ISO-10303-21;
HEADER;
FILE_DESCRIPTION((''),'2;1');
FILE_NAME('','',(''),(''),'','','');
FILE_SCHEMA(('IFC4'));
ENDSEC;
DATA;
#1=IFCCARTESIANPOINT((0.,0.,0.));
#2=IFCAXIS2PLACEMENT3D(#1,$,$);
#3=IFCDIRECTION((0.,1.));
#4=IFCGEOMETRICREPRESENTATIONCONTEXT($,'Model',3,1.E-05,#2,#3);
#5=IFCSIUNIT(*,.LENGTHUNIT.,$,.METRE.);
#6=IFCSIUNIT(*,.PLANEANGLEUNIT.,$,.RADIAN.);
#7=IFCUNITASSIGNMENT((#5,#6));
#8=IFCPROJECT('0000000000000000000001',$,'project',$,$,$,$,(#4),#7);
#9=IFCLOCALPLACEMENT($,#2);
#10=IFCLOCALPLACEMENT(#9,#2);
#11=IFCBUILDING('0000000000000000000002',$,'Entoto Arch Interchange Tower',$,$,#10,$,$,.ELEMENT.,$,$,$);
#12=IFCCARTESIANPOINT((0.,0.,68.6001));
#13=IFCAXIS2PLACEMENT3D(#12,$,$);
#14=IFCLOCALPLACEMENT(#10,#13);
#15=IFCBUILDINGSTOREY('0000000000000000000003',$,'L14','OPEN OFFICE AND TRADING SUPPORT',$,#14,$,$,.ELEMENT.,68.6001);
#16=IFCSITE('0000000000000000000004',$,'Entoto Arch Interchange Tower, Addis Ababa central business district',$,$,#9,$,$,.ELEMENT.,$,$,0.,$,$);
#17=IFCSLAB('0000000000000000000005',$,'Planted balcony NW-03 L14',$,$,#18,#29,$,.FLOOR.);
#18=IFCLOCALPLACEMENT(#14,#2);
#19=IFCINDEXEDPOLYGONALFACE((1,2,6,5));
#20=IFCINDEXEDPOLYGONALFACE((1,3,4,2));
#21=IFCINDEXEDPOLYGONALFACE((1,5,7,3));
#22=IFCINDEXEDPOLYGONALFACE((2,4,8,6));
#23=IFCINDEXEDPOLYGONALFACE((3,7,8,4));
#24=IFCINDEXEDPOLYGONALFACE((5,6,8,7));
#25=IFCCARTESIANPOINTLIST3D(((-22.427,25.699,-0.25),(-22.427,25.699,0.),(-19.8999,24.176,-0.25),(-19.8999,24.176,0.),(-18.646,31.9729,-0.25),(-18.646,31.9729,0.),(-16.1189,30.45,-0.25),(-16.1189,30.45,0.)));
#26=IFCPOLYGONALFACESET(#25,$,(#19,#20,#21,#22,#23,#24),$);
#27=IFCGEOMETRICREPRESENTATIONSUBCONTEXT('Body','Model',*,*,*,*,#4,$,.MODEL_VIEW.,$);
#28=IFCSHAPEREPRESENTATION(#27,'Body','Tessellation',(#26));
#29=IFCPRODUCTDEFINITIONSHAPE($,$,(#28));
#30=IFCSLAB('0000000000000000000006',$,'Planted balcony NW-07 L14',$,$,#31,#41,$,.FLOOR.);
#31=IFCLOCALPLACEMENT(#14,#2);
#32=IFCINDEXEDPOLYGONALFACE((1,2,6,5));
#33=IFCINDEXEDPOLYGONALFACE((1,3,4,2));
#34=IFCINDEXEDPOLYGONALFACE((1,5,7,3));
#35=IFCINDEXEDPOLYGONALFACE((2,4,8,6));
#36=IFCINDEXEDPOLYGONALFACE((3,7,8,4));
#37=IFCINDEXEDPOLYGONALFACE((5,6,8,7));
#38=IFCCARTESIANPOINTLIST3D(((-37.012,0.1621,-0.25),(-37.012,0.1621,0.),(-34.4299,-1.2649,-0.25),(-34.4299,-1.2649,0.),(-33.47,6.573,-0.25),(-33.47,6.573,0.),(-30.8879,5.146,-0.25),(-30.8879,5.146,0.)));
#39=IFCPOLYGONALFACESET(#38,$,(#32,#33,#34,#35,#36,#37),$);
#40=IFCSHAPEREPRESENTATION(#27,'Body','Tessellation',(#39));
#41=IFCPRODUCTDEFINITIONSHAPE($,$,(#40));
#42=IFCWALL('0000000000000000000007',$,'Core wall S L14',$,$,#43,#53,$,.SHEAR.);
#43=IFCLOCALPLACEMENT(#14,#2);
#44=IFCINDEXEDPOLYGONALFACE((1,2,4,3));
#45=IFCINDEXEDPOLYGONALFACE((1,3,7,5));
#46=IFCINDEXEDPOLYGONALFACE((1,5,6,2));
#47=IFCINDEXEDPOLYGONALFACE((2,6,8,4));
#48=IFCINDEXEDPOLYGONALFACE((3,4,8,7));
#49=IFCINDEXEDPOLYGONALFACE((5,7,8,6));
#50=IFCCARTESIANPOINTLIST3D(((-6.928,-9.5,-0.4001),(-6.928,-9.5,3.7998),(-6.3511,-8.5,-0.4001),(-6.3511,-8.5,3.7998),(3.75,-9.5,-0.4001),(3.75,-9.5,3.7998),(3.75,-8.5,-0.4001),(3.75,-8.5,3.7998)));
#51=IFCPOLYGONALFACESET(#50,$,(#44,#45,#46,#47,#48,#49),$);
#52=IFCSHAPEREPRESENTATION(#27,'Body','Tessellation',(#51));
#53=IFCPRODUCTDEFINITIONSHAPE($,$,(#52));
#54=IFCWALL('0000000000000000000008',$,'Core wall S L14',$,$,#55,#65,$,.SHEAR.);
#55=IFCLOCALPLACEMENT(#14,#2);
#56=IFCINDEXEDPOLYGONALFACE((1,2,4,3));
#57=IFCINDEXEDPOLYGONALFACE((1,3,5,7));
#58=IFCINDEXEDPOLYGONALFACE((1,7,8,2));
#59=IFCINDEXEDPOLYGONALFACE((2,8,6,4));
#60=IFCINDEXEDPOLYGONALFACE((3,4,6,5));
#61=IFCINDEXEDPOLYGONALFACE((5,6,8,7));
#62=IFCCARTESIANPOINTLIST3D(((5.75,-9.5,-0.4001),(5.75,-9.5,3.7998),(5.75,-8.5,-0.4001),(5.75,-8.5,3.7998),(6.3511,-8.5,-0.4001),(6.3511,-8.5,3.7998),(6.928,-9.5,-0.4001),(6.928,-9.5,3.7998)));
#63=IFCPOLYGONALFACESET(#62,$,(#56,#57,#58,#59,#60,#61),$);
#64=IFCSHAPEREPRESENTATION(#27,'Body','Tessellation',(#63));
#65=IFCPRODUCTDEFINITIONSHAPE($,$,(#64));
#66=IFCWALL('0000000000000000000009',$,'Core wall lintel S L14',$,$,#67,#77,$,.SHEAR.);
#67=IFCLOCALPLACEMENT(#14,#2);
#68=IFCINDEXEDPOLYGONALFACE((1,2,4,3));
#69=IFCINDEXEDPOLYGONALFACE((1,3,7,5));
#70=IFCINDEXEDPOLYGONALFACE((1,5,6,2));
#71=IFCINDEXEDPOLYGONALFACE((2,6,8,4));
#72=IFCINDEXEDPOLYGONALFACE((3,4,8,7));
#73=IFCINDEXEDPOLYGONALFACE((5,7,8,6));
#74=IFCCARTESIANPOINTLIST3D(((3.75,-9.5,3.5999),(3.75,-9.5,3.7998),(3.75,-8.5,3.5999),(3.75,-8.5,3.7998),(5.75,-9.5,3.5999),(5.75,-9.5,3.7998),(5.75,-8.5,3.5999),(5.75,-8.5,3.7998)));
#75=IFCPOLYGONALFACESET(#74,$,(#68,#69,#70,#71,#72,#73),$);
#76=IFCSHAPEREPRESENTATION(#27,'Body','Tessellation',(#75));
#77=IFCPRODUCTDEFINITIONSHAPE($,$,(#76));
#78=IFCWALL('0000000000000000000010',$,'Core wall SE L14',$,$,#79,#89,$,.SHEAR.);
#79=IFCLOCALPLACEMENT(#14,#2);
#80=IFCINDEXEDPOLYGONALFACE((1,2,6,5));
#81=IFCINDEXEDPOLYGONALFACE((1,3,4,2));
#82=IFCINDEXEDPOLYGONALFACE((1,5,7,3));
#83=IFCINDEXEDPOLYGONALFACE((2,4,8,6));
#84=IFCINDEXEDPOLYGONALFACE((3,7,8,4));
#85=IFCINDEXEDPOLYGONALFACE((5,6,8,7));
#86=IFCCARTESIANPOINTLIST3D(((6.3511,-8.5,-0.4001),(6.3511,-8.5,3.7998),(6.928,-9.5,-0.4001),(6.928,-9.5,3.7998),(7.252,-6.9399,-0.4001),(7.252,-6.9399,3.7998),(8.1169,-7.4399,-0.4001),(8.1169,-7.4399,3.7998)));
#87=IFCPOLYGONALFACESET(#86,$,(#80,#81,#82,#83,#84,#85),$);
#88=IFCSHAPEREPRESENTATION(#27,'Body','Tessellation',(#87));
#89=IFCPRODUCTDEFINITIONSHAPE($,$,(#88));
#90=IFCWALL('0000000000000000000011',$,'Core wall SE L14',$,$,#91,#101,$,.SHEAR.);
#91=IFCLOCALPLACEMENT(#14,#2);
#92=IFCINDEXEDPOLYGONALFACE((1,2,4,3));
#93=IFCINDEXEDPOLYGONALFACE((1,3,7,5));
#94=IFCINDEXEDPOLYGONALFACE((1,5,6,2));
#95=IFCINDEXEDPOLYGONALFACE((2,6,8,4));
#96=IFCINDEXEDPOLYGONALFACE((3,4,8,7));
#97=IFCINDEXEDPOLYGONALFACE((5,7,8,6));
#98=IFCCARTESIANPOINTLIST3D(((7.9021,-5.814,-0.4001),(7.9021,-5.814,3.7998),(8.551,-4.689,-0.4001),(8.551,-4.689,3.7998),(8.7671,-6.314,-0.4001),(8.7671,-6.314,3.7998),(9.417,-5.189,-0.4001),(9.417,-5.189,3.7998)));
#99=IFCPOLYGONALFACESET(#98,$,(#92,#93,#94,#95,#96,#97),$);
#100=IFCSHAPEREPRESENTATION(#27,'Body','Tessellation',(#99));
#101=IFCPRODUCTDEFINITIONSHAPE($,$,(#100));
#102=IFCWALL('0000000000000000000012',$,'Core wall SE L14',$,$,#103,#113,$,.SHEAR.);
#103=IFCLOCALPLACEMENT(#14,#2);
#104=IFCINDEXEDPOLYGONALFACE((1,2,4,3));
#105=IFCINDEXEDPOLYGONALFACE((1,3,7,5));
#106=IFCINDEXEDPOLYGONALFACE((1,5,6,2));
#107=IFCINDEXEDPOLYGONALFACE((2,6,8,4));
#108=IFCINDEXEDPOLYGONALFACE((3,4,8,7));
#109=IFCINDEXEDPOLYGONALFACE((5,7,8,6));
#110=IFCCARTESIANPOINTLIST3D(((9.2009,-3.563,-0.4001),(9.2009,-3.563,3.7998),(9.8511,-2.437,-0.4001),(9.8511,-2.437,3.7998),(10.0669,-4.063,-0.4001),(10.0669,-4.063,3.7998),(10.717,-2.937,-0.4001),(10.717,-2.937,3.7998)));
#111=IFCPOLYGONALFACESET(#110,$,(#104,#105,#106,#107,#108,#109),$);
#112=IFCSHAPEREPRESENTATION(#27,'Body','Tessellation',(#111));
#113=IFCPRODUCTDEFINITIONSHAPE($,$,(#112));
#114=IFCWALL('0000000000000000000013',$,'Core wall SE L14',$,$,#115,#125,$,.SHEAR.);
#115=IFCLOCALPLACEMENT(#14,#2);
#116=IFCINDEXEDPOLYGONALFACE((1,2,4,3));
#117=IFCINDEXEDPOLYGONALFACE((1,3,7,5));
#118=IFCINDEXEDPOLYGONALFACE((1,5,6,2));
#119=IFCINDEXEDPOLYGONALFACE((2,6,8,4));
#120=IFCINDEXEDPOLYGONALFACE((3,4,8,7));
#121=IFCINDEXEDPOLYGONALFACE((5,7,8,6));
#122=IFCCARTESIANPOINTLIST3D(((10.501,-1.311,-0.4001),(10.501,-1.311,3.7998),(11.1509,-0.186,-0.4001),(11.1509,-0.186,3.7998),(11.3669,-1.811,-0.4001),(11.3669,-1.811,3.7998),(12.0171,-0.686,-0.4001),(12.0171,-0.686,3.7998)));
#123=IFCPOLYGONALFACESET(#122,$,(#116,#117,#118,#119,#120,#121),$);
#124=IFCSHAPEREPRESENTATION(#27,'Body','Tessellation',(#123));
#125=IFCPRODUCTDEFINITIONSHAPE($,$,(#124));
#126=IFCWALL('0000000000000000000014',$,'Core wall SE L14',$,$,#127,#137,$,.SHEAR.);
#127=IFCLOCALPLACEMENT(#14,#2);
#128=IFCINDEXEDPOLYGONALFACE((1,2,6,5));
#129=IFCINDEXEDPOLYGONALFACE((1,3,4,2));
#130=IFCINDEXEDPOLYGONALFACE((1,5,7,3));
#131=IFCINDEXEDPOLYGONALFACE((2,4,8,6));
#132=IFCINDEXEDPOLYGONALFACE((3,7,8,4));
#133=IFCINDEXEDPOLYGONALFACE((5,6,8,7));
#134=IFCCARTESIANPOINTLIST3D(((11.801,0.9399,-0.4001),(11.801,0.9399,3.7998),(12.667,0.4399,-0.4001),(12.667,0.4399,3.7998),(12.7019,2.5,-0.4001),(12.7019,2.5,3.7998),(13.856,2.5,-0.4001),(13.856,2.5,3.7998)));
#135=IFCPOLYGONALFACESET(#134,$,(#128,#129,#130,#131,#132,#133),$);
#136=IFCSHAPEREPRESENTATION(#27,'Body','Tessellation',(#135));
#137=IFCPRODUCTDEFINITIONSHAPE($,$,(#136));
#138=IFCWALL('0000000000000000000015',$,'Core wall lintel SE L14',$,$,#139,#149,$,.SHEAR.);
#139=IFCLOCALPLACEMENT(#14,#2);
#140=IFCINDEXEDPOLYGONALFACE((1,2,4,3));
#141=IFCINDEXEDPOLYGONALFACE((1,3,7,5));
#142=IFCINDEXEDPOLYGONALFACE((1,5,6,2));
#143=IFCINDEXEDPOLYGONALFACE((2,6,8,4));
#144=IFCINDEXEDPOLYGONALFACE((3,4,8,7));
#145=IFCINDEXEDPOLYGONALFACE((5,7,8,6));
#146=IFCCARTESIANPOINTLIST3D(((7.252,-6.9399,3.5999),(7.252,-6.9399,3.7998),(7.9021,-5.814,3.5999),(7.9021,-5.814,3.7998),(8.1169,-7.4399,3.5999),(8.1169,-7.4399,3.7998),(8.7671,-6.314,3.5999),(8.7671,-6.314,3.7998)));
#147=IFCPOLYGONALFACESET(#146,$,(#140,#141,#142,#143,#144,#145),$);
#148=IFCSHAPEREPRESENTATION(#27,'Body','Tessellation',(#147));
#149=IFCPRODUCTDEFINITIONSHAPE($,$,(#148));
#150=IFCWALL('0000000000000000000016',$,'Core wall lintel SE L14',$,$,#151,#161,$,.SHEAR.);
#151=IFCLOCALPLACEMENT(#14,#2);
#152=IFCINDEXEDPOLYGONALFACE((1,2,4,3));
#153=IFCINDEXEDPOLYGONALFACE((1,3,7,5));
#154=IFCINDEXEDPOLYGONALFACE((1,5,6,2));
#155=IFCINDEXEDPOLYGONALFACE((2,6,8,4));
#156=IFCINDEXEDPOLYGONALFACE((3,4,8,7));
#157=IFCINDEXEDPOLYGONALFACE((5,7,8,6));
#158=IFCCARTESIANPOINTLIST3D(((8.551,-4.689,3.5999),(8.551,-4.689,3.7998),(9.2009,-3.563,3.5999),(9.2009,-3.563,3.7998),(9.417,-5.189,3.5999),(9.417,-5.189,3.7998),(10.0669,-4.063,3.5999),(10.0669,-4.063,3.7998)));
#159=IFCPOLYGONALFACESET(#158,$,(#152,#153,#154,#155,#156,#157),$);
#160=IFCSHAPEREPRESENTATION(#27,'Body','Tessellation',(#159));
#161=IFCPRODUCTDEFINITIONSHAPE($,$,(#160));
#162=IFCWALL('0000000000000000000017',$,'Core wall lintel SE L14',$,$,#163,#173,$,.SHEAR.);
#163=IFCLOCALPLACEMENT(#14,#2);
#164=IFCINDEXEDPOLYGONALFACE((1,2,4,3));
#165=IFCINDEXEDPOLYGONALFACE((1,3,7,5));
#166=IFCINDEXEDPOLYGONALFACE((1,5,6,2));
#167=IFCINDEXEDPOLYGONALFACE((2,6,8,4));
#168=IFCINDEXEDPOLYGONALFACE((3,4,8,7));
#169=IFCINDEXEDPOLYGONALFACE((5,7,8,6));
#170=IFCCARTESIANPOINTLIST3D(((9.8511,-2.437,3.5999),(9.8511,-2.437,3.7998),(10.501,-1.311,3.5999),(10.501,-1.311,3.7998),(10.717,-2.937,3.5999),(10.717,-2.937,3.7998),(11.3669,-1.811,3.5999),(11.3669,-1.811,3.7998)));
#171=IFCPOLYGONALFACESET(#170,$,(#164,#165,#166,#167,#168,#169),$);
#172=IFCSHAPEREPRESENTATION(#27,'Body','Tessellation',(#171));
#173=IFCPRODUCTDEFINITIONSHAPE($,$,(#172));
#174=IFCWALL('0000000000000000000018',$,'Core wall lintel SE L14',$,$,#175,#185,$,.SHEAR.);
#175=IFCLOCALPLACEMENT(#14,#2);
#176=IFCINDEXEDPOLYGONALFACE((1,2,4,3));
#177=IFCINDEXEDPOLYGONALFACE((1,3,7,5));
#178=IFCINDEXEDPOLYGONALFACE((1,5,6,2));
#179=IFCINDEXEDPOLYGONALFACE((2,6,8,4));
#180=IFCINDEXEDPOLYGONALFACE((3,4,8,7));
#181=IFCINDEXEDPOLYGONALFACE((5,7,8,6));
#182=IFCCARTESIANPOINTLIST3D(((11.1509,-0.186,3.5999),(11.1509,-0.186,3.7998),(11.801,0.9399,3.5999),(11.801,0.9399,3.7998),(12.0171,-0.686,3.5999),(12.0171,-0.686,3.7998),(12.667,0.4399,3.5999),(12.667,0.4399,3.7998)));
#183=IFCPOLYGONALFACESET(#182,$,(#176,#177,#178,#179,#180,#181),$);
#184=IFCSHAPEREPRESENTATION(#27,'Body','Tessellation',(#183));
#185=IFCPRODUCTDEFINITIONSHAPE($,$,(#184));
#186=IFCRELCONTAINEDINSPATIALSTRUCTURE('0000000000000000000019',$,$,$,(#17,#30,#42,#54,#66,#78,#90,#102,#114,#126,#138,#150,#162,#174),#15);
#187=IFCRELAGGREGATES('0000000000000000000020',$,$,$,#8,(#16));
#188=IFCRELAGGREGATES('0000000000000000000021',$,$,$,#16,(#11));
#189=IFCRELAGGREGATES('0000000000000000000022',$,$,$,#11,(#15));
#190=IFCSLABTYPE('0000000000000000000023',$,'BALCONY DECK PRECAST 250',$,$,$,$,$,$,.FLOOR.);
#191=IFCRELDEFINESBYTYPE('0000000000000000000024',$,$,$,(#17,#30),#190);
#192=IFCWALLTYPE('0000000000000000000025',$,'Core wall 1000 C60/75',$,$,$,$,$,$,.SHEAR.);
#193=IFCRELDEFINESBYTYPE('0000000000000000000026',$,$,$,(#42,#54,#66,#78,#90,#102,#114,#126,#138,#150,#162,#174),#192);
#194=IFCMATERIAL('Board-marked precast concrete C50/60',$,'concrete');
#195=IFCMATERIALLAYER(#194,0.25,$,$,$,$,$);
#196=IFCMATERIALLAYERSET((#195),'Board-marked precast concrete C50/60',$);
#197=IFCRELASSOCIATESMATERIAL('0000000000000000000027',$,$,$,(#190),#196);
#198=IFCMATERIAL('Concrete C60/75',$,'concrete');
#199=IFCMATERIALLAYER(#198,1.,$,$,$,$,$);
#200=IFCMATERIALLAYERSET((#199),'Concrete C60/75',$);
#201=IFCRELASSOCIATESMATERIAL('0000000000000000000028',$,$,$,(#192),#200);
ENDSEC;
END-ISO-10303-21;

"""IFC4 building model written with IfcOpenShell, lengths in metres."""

from ifc_helpers import new_model, si_unit, direction, frame, origin, place, context, subcontext, project, spatial, polyline, outline, extrude, material, layer, layer_set, type_object, element, save


model = new_model("IFC4")

# Units and contexts
model_context = context("Model", 3, precision=1e-05, world=origin(), true_north=direction((0.0, 1.0)))
body_context = subcontext(model_context, "Body", "Model", "MODEL_VIEW")
ifc_project = project(units=[si_unit("LENGTHUNIT", "METRE"), si_unit("PLANEANGLEUNIT", "RADIAN")], contexts=[model_context])

# Site, building, storey
site_placement = place(None, origin())
site = spatial("IfcSite", under=ifc_project, at=site_placement, Name="Entoto Arch Interchange Tower, Addis Ababa central business district", CompositionType="ELEMENT", RefElevation=0.0)
building_placement = place(site_placement, origin())
building = spatial("IfcBuilding", under=site, at=building_placement, Name="Entoto Arch Interchange Tower", CompositionType="ELEMENT")
storey_placement = place(building_placement, frame((0.0, 0.0, 68.6001)))
storey = spatial("IfcBuildingStorey", under=building, at=storey_placement, Name="L14", Description="OPEN OFFICE AND TRADING SUPPORT", CompositionType="ELEMENT", Elevation=68.6001)

# Slabs
ifc_material_1 = material(Name="Board-marked precast concrete C50/60", Category="concrete")
ifc_layer_1 = layer(ifc_material_1, 0.25)
ifc_layer_set_1 = layer_set([ifc_layer_1], Name="Board-marked precast concrete C50/60")
slab_type = type_object("IfcSlabType", Name="BALCONY DECK PRECAST 250", PredefinedType="FLOOR", material=ifc_layer_set_1)
slab_1_placement = place(storey_placement, frame((0.0, 0.0, -0.25)))
element("IfcSlab", 1, at=slab_1_placement, inside=storey, type_object=slab_type, Name="Planted balcony NW-03 L14", PredefinedType="FLOOR", context=body_context, shape_type="SweptSolid", body=[
    extrude(outline(polyline([(-16.1189, 30.45), (-19.8999, 24.176), (-22.427, 25.699), (-18.646, 31.9729), (-16.1189, 30.45)])), origin(), (0.0, 0.0, 1.0), 0.25),
])
slab_2_placement = place(storey_placement, frame((0.0, 0.0, -0.25)))
element("IfcSlab", 2, at=slab_2_placement, inside=storey, type_object=slab_type, Name="Planted balcony NW-07 L14", PredefinedType="FLOOR", context=body_context, shape_type="SweptSolid", body=[
    extrude(outline(polyline([(-30.8879, 5.146), (-34.4299, -1.2649), (-37.012, 0.1621), (-33.47, 6.573), (-30.8879, 5.146)])), origin(), (0.0, 0.0, 1.0), 0.25),
])

# Walls
ifc_material_2 = material(Name="Concrete C60/75", Category="concrete")
ifc_layer_2 = layer(ifc_material_2, 1.0)
ifc_layer_set_2 = layer_set([ifc_layer_2], Name="Concrete C60/75")
wall_type_1 = type_object("IfcWallType", Name="Core wall 1000 C60/75", PredefinedType="SHEAR", material=ifc_layer_set_2)
wall_1_placement = place(storey_placement, frame((0.0, 0.0, -0.4001)))
element("IfcWall", 3, at=wall_1_placement, inside=storey, type_object=wall_type_1, Name="Core wall S L14", PredefinedType="SHEAR", context=body_context, shape_type="SweptSolid", body=[
    extrude(outline(polyline([(3.75, -9.5), (3.75, -8.5), (-6.3511, -8.5), (-6.928, -9.5), (3.75, -9.5)])), origin(), (0.0, 0.0, 1.0), 4.2),
])
wall_2_placement = place(storey_placement, frame((0.0, 0.0, -0.4001)))
element("IfcWall", 4, at=wall_2_placement, inside=storey, type_object=wall_type_1, Name="Core wall S L14", PredefinedType="SHEAR", context=body_context, shape_type="SweptSolid", body=[
    extrude(outline(polyline([(5.75, -8.5), (5.75, -9.5), (6.928, -9.5), (6.3511, -8.5), (5.75, -8.5)])), origin(), (0.0, 0.0, 1.0), 4.2),
])
wall_3_placement = place(storey_placement, frame((0.0, 0.0, 3.5999)))
element("IfcWall", 5, at=wall_3_placement, inside=storey, type_object=wall_type_1, Name="Core wall lintel S L14", PredefinedType="SHEAR", context=body_context, shape_type="SweptSolid", body=[
    extrude(outline(polyline([(5.75, -9.5), (5.75, -8.5), (3.75, -8.5), (3.75, -9.5), (5.75, -9.5)])), origin(), (0.0, 0.0, 1.0), 0.2),
])
wall_4_placement = place(storey_placement, frame((0.0, 0.0, -0.4001)))
element("IfcWall", 6, at=wall_4_placement, inside=storey, type_object=wall_type_1, Name="Core wall SE L14", PredefinedType="SHEAR", context=body_context, shape_type="SweptSolid", body=[
    extrude(outline(polyline([(8.1169, -7.4399), (7.252, -6.9399), (6.3511, -8.5), (6.928, -9.5), (8.1169, -7.4399)])), origin(), (0.0, 0.0, 1.0), 4.2),
])
wall_5_placement = place(storey_placement, frame((0.0, 0.0, -0.4001)))
element("IfcWall", 7, at=wall_5_placement, inside=storey, type_object=wall_type_1, Name="Core wall SE L14", PredefinedType="SHEAR", context=body_context, shape_type="SweptSolid", body=[
    extrude(outline(polyline([(9.417, -5.189), (8.551, -4.689), (7.9021, -5.814), (8.7671, -6.314), (9.417, -5.189)])), origin(), (0.0, 0.0, 1.0), 4.2),
])
wall_6_placement = place(storey_placement, frame((0.0, 0.0, -0.4001)))
element("IfcWall", 8, at=wall_6_placement, inside=storey, type_object=wall_type_1, Name="Core wall SE L14", PredefinedType="SHEAR", context=body_context, shape_type="SweptSolid", body=[
    extrude(outline(polyline([(10.717, -2.937), (9.8511, -2.437), (9.2009, -3.563), (10.0669, -4.063), (10.717, -2.937)])), origin(), (0.0, 0.0, 1.0), 4.2),
])
wall_7_placement = place(storey_placement, frame((0.0, 0.0, -0.4001)))
element("IfcWall", 9, at=wall_7_placement, inside=storey, type_object=wall_type_1, Name="Core wall SE L14", PredefinedType="SHEAR", context=body_context, shape_type="SweptSolid", body=[
    extrude(outline(polyline([(12.0171, -0.686), (11.1509, -0.186), (10.501, -1.311), (11.3669, -1.811), (12.0171, -0.686)])), origin(), (0.0, 0.0, 1.0), 4.2),
])
wall_8_placement = place(storey_placement, frame((0.0, 0.0, -0.4001)))
element("IfcWall", 10, at=wall_8_placement, inside=storey, type_object=wall_type_1, Name="Core wall SE L14", PredefinedType="SHEAR", context=body_context, shape_type="SweptSolid", body=[
    extrude(outline(polyline([(11.801, 0.9399), (12.667, 0.4399), (13.856, 2.5), (12.7019, 2.5), (11.801, 0.9399)])), origin(), (0.0, 0.0, 1.0), 4.2),
])
wall_9_placement = place(storey_placement, frame((0.0, 0.0, 3.5999)))
element("IfcWall", 11, at=wall_9_placement, inside=storey, type_object=wall_type_1, Name="Core wall lintel SE L14", PredefinedType="SHEAR", context=body_context, shape_type="SweptSolid", body=[
    extrude(outline(polyline([(8.7671, -6.314), (7.9021, -5.814), (7.252, -6.9399), (8.1169, -7.4399), (8.7671, -6.314)])), origin(), (0.0, 0.0, 1.0), 0.2),
])
wall_10_placement = place(storey_placement, frame((0.0, 0.0, 3.5999)))
element("IfcWall", 12, at=wall_10_placement, inside=storey, type_object=wall_type_1, Name="Core wall lintel SE L14", PredefinedType="SHEAR", context=body_context, shape_type="SweptSolid", body=[
    extrude(outline(polyline([(10.0669, -4.063), (9.2009, -3.563), (8.551, -4.689), (9.417, -5.189), (10.0669, -4.063)])), origin(), (0.0, 0.0, 1.0), 0.2),
])
wall_11_placement = place(storey_placement, frame((0.0, 0.0, 3.5999)))
element("IfcWall", 13, at=wall_11_placement, inside=storey, type_object=wall_type_1, Name="Core wall lintel SE L14", PredefinedType="SHEAR", context=body_context, shape_type="SweptSolid", body=[
    extrude(outline(polyline([(11.3669, -1.811), (10.501, -1.311), (9.8511, -2.437), (10.717, -2.937), (11.3669, -1.811)])), origin(), (0.0, 0.0, 1.0), 0.2),
])
wall_12_placement = place(storey_placement, frame((0.0, 0.0, 3.5999)))
element("IfcWall", 14, at=wall_12_placement, inside=storey, type_object=wall_type_1, Name="Core wall lintel SE L14", PredefinedType="SHEAR", context=body_context, shape_type="SweptSolid", body=[
    extrude(outline(polyline([(12.667, 0.4399), (11.801, 0.9399), (11.1509, -0.186), (12.0171, -0.686), (12.667, 0.4399)])), origin(), (0.0, 0.0, 1.0), 0.2),
])

save(model, "model.ifc")
